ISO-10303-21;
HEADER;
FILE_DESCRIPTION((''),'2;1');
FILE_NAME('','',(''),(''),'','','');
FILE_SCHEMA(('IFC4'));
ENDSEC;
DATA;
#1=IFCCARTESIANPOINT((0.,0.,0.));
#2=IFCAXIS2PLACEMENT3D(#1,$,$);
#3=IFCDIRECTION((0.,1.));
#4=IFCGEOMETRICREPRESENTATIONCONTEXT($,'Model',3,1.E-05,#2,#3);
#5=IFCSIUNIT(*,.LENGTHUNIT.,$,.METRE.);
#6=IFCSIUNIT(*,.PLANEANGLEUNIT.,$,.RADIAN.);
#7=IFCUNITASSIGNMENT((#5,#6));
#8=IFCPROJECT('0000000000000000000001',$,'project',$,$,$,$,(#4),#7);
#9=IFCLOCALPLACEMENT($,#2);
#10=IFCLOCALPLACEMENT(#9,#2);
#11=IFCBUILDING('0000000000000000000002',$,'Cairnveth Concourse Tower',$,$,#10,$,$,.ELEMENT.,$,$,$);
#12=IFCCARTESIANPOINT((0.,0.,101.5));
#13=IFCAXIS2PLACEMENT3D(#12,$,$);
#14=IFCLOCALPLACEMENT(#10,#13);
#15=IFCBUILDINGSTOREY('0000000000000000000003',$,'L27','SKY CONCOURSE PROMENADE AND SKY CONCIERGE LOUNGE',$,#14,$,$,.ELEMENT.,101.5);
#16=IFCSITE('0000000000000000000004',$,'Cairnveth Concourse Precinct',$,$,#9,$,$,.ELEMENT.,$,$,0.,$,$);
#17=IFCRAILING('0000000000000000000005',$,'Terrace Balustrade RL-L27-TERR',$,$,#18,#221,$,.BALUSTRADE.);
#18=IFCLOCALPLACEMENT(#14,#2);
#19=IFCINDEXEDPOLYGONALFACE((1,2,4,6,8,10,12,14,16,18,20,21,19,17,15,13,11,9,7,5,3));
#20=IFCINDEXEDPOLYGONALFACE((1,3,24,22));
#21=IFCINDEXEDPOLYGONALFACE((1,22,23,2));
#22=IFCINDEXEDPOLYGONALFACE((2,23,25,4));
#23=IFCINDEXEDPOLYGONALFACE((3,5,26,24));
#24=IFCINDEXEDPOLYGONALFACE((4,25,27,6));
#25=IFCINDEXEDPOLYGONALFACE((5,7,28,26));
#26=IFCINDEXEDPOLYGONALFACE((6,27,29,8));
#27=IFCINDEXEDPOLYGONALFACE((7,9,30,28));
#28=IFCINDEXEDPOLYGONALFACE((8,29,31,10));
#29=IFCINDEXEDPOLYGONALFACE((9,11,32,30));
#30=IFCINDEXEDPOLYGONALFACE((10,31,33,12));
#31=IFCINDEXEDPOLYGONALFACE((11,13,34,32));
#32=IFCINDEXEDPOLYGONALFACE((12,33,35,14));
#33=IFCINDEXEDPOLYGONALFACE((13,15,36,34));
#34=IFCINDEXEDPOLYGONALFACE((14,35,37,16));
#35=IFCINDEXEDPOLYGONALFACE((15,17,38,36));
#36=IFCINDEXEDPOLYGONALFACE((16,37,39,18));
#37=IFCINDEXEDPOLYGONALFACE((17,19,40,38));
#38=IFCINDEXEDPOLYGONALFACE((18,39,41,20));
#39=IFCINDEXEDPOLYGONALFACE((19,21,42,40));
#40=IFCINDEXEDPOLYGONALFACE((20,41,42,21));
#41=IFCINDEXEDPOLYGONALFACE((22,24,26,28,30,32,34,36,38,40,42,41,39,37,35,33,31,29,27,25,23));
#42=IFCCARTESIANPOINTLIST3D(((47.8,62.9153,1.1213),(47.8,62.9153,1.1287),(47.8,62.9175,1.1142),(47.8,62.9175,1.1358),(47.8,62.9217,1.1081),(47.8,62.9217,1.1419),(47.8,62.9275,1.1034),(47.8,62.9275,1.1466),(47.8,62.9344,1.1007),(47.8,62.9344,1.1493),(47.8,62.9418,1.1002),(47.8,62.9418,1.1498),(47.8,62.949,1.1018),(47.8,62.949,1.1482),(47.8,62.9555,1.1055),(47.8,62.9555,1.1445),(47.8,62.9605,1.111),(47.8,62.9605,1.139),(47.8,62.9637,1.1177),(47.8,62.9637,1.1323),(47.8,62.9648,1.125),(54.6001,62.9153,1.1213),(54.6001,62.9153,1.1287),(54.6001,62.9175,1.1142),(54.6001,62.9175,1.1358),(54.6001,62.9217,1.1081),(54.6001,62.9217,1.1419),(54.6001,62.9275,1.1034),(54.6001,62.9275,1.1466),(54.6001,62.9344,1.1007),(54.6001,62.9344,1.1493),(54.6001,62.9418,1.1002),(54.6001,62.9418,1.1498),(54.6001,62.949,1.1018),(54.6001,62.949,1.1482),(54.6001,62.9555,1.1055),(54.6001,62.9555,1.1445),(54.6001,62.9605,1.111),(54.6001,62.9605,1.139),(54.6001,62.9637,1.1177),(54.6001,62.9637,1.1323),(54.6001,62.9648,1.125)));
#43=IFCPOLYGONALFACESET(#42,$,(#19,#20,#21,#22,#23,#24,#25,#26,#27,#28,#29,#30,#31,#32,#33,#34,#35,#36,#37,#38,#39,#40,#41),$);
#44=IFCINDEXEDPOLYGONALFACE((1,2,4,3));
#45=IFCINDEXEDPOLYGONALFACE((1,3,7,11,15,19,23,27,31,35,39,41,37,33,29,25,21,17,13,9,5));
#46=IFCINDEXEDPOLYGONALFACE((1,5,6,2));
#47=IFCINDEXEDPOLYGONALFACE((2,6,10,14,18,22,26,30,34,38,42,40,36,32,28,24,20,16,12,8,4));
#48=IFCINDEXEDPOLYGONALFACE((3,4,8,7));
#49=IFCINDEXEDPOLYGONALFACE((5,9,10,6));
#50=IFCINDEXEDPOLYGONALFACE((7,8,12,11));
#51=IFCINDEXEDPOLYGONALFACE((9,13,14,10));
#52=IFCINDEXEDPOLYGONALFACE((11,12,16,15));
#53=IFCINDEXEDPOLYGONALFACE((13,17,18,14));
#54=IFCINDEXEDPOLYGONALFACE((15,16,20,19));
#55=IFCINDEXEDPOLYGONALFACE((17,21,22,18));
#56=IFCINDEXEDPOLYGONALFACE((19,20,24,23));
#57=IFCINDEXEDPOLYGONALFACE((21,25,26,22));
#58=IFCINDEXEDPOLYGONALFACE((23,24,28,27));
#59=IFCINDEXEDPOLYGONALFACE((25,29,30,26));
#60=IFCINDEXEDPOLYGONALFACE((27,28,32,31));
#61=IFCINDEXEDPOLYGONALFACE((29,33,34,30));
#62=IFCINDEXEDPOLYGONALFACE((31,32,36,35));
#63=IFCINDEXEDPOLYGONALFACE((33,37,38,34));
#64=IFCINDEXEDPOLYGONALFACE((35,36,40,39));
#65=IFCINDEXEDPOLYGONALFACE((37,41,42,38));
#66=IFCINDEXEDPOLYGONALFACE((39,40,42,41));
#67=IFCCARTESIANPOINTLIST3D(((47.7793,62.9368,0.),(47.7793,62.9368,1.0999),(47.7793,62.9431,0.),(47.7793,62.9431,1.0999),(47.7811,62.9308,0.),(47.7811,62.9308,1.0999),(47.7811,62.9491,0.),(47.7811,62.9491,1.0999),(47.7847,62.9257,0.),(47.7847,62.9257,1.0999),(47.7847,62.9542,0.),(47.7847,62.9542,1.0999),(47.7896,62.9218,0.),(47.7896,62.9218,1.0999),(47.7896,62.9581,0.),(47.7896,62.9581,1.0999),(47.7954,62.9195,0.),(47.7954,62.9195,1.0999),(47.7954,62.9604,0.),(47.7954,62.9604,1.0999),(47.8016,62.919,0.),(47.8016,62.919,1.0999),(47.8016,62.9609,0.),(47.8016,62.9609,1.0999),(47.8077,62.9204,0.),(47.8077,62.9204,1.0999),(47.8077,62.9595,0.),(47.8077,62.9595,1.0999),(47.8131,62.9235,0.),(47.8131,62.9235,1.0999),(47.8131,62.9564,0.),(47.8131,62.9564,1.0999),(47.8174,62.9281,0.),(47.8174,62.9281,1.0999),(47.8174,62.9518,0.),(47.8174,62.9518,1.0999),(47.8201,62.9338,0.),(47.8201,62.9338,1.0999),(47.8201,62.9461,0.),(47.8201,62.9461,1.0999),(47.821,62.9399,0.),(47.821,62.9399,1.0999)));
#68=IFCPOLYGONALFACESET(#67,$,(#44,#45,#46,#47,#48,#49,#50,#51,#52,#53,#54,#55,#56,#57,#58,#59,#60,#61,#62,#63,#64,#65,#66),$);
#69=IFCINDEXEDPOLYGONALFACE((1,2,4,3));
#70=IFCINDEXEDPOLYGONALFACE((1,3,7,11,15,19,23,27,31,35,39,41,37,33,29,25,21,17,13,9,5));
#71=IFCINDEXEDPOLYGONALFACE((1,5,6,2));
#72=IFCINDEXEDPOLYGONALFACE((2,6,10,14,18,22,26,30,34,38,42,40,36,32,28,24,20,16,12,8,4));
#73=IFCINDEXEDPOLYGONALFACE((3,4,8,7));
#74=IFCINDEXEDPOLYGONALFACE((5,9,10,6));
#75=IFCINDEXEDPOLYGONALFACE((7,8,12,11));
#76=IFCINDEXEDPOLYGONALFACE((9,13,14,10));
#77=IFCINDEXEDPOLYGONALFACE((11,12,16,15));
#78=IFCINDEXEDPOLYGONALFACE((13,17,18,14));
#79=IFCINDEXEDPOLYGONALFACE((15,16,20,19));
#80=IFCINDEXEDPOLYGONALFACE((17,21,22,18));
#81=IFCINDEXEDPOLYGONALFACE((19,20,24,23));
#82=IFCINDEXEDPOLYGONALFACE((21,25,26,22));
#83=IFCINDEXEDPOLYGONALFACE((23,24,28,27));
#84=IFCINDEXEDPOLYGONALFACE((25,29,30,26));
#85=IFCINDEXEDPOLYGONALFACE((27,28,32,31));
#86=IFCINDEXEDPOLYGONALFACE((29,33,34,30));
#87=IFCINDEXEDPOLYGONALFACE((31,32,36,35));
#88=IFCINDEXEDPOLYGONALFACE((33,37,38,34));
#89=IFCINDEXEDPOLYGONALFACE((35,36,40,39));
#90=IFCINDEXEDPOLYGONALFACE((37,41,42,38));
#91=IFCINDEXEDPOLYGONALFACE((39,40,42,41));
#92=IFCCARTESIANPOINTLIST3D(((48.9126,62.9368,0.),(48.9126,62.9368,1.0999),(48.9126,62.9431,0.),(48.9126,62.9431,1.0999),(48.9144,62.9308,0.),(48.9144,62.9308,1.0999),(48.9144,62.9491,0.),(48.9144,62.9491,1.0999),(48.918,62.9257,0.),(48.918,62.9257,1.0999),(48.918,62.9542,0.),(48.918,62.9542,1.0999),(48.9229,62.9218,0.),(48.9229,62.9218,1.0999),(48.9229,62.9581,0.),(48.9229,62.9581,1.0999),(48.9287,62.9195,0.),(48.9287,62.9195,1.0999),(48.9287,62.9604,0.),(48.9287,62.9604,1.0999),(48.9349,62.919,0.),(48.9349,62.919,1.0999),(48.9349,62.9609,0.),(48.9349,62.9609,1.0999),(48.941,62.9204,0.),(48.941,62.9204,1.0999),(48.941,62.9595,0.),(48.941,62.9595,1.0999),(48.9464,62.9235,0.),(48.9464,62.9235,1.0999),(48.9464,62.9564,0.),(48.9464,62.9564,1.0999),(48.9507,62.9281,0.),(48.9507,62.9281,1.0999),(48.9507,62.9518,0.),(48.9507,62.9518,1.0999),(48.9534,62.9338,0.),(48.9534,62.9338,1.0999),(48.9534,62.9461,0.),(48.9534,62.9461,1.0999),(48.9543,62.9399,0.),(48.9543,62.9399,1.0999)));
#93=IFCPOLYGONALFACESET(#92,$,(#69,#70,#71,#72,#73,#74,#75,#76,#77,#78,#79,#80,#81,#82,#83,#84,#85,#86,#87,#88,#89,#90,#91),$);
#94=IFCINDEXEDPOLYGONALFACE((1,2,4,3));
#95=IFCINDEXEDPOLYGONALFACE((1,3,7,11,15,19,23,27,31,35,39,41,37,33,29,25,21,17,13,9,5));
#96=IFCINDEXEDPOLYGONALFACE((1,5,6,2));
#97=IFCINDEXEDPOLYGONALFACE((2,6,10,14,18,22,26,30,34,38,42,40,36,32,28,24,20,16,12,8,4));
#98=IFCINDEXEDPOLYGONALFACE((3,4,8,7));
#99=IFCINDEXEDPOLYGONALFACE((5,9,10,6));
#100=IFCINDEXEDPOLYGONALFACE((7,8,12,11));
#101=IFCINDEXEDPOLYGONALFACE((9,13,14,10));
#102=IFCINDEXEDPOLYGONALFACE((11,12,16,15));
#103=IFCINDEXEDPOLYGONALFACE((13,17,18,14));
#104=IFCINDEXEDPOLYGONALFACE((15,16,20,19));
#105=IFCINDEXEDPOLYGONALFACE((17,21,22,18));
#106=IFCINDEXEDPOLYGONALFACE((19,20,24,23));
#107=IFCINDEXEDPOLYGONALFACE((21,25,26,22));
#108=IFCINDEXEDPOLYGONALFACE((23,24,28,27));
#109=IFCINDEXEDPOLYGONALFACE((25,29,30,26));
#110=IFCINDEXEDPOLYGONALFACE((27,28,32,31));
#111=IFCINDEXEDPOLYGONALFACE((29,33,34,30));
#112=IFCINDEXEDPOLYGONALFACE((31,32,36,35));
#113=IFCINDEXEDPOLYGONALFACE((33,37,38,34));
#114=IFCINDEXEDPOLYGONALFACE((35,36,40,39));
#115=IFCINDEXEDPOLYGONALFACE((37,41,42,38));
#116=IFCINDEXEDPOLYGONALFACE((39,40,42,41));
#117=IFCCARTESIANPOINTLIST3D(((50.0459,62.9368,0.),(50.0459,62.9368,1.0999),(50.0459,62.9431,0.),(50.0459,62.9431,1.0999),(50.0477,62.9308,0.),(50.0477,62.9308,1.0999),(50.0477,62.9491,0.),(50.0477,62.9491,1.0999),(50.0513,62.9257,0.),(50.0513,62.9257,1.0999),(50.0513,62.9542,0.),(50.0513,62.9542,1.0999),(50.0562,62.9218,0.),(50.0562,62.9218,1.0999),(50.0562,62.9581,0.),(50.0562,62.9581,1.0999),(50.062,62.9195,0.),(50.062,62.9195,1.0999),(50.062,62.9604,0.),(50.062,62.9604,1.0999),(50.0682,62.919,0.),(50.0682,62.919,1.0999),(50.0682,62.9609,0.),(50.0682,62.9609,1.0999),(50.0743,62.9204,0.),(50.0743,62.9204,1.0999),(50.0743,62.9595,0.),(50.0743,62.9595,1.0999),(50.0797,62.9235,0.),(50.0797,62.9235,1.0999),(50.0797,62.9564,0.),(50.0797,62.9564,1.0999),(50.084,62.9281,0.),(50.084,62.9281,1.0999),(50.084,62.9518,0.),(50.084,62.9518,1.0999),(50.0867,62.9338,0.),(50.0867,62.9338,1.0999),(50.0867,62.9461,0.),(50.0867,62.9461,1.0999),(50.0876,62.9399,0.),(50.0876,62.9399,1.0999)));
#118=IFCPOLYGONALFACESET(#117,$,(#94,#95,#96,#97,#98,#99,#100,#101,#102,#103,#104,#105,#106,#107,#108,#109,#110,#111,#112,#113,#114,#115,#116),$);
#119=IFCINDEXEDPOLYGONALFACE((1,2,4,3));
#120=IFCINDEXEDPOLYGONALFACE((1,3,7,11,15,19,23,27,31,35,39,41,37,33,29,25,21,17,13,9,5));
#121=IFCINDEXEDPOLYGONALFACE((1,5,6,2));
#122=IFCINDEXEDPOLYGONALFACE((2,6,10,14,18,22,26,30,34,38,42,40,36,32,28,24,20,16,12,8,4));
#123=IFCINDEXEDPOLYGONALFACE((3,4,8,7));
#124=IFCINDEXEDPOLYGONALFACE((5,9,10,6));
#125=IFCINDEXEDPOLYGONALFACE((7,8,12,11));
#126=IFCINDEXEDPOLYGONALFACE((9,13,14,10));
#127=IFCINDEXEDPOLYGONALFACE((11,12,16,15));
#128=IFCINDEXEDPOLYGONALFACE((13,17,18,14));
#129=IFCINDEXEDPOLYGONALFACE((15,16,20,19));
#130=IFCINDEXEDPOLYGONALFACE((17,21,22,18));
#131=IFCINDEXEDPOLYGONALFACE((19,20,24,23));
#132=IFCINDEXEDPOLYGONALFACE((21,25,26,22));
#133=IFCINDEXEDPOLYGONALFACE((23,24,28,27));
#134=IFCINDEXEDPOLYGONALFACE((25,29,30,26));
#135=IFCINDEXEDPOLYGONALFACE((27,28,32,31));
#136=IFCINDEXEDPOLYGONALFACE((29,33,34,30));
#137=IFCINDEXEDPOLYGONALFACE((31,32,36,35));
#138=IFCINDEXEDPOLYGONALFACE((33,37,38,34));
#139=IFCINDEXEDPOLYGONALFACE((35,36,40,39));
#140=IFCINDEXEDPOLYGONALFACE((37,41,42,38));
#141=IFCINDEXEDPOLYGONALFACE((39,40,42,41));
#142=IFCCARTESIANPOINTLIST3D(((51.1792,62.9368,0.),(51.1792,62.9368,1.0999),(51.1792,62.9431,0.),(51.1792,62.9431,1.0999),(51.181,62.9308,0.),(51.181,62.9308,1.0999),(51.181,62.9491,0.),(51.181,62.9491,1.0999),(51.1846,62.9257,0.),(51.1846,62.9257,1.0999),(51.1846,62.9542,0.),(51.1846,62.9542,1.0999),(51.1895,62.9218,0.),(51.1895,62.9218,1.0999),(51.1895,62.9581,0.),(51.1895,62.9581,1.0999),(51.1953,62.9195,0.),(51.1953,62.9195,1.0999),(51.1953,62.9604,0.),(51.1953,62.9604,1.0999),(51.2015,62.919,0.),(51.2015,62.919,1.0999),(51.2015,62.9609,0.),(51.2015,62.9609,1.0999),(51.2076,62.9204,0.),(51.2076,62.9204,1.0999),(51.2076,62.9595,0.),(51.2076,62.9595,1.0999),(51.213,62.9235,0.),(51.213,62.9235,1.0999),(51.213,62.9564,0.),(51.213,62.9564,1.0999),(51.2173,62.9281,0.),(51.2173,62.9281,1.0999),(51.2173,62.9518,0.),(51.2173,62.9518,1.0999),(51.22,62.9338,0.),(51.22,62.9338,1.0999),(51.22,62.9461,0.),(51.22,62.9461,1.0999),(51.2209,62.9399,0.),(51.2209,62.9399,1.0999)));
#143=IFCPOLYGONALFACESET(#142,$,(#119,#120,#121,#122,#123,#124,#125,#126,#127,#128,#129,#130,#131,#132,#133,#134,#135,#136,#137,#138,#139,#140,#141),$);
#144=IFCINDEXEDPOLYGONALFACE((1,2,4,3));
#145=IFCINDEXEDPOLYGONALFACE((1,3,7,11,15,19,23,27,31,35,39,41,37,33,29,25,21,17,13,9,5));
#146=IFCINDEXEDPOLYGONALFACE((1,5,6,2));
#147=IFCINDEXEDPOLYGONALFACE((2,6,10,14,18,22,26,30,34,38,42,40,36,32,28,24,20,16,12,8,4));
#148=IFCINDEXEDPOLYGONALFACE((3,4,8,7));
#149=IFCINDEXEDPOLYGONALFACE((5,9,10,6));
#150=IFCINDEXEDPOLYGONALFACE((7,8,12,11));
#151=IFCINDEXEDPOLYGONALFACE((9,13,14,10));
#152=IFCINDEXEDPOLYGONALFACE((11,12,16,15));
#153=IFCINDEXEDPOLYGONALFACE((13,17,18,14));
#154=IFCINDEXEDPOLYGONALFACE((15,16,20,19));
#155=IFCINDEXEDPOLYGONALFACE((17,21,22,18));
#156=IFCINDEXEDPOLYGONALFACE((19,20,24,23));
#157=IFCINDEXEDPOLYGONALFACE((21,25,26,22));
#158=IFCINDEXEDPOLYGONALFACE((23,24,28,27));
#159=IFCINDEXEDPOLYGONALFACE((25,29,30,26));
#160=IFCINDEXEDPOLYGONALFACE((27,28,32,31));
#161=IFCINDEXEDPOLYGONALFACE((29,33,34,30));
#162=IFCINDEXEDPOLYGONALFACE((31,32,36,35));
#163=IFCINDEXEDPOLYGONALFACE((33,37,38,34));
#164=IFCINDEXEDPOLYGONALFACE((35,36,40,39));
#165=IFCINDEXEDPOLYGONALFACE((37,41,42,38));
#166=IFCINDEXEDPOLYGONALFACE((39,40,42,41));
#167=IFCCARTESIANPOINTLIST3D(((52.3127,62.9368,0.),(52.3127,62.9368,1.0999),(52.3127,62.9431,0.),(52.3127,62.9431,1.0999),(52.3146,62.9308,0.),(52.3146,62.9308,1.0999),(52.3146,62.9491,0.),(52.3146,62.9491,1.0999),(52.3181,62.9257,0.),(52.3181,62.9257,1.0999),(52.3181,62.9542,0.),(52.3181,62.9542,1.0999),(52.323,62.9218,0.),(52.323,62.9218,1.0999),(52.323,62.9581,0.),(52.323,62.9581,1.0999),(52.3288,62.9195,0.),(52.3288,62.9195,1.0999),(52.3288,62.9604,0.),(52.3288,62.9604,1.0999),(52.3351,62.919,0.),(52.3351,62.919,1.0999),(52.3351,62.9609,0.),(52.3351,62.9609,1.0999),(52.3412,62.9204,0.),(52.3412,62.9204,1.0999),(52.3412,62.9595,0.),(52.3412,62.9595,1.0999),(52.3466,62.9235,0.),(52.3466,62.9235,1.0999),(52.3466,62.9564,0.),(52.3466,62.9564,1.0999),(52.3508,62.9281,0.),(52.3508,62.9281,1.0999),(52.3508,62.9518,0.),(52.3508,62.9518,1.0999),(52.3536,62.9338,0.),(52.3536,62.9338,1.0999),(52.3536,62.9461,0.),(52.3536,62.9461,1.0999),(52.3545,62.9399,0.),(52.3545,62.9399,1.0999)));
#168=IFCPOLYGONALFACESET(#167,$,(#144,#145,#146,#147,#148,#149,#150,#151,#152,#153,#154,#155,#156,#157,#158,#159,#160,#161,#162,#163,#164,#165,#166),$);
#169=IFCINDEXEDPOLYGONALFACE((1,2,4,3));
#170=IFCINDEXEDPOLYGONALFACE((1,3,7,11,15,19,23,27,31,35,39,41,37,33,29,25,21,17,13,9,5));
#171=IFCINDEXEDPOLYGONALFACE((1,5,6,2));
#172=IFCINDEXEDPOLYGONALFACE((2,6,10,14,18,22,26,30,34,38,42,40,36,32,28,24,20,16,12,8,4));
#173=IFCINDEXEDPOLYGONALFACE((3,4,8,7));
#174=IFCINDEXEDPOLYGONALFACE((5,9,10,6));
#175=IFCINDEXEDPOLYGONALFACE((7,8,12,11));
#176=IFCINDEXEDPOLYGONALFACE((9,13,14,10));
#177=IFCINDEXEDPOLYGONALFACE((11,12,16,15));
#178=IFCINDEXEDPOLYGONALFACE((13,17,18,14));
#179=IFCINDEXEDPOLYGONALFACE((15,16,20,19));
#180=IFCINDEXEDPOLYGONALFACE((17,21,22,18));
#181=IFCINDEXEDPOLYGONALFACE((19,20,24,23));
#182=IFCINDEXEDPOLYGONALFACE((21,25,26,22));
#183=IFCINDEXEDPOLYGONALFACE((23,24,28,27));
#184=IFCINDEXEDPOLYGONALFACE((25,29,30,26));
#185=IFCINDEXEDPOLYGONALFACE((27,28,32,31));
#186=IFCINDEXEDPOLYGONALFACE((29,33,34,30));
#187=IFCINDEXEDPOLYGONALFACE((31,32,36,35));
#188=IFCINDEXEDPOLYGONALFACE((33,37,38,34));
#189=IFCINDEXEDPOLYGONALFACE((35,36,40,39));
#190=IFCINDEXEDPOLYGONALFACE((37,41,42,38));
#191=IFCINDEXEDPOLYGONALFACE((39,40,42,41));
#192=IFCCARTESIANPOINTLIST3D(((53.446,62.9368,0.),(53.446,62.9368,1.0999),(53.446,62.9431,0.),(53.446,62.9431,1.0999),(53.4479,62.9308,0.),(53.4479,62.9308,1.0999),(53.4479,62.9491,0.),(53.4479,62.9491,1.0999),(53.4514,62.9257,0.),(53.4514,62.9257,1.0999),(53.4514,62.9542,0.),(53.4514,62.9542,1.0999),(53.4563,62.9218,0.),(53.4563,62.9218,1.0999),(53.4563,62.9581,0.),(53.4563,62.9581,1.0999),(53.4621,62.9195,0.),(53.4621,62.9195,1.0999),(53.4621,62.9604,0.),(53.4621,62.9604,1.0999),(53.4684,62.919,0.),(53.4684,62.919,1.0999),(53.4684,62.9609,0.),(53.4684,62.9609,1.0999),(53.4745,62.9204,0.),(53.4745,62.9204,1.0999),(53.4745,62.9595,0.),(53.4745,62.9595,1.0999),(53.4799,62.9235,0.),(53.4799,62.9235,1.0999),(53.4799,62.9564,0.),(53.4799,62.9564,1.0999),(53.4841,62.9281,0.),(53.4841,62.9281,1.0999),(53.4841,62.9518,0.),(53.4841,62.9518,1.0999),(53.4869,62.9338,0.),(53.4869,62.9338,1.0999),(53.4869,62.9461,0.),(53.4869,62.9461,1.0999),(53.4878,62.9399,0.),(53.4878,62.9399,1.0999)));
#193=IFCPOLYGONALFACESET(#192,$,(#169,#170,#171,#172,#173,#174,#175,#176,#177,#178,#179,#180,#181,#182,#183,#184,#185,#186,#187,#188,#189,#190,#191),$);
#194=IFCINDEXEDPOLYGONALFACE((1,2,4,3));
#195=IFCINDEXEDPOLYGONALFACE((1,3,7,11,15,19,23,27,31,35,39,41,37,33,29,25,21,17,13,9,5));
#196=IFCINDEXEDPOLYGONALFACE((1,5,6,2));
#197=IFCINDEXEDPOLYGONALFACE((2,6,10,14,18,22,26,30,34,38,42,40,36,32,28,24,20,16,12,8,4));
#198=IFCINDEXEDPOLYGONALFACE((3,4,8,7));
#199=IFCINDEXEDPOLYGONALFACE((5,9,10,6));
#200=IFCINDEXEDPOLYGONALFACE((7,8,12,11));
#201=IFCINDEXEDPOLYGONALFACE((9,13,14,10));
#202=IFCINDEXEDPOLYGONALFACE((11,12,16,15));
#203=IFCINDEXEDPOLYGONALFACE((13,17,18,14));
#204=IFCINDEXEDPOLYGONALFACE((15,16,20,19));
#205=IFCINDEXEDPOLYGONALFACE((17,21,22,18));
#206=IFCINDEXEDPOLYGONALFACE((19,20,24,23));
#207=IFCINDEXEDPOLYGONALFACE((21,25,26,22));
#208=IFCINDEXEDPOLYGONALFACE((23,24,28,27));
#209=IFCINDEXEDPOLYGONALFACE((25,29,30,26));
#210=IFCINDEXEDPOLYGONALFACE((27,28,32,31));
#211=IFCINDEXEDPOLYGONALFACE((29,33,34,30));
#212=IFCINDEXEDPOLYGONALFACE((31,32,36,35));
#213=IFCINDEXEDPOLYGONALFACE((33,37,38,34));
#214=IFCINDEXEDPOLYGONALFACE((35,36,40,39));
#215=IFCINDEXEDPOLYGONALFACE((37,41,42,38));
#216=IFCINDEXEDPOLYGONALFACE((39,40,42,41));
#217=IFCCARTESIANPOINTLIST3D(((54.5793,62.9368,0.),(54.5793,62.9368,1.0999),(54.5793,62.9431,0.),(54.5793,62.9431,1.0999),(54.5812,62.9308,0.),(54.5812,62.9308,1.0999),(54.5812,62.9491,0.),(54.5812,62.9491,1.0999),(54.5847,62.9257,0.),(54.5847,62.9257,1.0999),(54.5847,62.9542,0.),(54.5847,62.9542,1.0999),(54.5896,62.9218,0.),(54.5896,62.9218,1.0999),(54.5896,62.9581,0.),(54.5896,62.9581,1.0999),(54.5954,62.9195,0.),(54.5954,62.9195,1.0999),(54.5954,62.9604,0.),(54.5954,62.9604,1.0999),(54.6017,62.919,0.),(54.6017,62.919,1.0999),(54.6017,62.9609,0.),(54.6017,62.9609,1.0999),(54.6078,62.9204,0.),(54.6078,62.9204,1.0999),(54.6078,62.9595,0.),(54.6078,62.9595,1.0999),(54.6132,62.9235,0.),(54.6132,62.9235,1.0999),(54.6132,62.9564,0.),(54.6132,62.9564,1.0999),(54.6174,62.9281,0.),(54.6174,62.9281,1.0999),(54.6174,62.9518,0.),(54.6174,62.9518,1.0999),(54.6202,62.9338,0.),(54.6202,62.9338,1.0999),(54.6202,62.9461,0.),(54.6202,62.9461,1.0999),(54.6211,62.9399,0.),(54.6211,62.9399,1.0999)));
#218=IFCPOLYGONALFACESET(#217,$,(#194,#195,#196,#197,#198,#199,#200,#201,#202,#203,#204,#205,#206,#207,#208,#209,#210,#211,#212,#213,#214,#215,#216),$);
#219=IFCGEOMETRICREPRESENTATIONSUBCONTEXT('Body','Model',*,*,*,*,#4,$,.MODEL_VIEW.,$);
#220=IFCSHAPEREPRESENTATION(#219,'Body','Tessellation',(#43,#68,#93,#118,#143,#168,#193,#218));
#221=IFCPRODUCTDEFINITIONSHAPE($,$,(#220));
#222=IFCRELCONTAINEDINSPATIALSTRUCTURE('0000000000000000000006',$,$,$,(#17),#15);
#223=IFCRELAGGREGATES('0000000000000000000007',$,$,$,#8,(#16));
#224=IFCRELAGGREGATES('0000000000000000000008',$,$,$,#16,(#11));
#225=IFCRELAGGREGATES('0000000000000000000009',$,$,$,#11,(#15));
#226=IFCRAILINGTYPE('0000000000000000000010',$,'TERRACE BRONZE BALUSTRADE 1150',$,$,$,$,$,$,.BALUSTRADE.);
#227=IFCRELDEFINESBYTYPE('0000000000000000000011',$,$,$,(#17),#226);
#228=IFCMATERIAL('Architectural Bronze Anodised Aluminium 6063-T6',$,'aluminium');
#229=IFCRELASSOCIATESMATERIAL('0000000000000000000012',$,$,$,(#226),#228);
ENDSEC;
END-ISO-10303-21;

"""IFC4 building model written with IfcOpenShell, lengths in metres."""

from ifc_helpers import new_model, si_unit, direction, frame, origin, origin_2d, place, context, subcontext, project, spatial, circle, extrude, material, type_object, element, save


model = new_model("IFC4")

# Units and contexts
model_context = context("Model", 3, precision=1e-05, world=origin(), true_north=direction((0.0, 1.0)))
body_context = subcontext(model_context, "Body", "Model", "MODEL_VIEW")
ifc_project = project(units=[si_unit("LENGTHUNIT", "METRE"), si_unit("PLANEANGLEUNIT", "RADIAN")], contexts=[model_context])

# Site, building, storey
site_placement = place(None, origin())
site = spatial("IfcSite", under=ifc_project, at=site_placement, Name="Cairnveth Concourse Precinct", CompositionType="ELEMENT", RefElevation=0.0)
building_placement = place(site_placement, origin())
building = spatial("IfcBuilding", under=site, at=building_placement, Name="Cairnveth Concourse Tower", CompositionType="ELEMENT")
storey_placement = place(building_placement, frame((0.0, 0.0, 101.5)))
storey = spatial("IfcBuildingStorey", under=building, at=storey_placement, Name="L27", Description="SKY CONCOURSE PROMENADE AND SKY CONCIERGE LOUNGE", CompositionType="ELEMENT", Elevation=101.5)

# Shared definitions
ifc_material_1 = material(Name="Architectural Bronze Anodised Aluminium 6063-T6", Category="aluminium")

# Railing
railing_type = type_object("IfcRailingType", Name="TERRACE BRONZE BALUSTRADE 1150", PredefinedType="BALUSTRADE", material=ifc_material_1)
railing_placement = place(storey_placement, frame((47.8, 62.9399, 0.0)))
element("IfcRailing", 1, at=railing_placement, inside=storey, type_object=railing_type, Name="Terrace Balustrade RL-L27-TERR", PredefinedType="BALUSTRADE", context=body_context, shape_type="SweptSolid", body=[
    extrude(circle(Radius=0.0249, at=origin_2d()), frame((0.0, 0.0, 1.125), z_axis=(1.0, 0.0, 0.0), x_axis=(0.0, 1.0, 0.0)), (0.0, 0.0, 1.0), 6.8),
    extrude(circle(Radius=0.021, at=origin_2d()), origin(), (0.0, 0.0, 1.0), 1.0999),
    extrude(circle(Radius=0.021, at=origin_2d()), frame((1.1333, 0.0, 0.0)), (0.0, 0.0, 1.0), 1.0999),
    extrude(circle(Radius=0.021, at=origin_2d()), frame((2.2666, 0.0, 0.0)), (0.0, 0.0, 1.0), 1.0999),
    extrude(circle(Radius=0.021, at=origin_2d()), frame((3.3999, 0.0, 0.0)), (0.0, 0.0, 1.0), 1.0999),
    extrude(circle(Radius=0.021, at=origin_2d()), frame((4.5334, 0.0, 0.0)), (0.0, 0.0, 1.0), 1.0999),
    extrude(circle(Radius=0.021, at=origin_2d()), frame((5.6667, 0.0, 0.0)), (0.0, 0.0, 1.0), 1.0999),
    extrude(circle(Radius=0.021, at=origin_2d()), frame((6.8, 0.0, 0.0)), (0.0, 0.0, 1.0), 1.0999),
])

save(model, "model.ifc")
